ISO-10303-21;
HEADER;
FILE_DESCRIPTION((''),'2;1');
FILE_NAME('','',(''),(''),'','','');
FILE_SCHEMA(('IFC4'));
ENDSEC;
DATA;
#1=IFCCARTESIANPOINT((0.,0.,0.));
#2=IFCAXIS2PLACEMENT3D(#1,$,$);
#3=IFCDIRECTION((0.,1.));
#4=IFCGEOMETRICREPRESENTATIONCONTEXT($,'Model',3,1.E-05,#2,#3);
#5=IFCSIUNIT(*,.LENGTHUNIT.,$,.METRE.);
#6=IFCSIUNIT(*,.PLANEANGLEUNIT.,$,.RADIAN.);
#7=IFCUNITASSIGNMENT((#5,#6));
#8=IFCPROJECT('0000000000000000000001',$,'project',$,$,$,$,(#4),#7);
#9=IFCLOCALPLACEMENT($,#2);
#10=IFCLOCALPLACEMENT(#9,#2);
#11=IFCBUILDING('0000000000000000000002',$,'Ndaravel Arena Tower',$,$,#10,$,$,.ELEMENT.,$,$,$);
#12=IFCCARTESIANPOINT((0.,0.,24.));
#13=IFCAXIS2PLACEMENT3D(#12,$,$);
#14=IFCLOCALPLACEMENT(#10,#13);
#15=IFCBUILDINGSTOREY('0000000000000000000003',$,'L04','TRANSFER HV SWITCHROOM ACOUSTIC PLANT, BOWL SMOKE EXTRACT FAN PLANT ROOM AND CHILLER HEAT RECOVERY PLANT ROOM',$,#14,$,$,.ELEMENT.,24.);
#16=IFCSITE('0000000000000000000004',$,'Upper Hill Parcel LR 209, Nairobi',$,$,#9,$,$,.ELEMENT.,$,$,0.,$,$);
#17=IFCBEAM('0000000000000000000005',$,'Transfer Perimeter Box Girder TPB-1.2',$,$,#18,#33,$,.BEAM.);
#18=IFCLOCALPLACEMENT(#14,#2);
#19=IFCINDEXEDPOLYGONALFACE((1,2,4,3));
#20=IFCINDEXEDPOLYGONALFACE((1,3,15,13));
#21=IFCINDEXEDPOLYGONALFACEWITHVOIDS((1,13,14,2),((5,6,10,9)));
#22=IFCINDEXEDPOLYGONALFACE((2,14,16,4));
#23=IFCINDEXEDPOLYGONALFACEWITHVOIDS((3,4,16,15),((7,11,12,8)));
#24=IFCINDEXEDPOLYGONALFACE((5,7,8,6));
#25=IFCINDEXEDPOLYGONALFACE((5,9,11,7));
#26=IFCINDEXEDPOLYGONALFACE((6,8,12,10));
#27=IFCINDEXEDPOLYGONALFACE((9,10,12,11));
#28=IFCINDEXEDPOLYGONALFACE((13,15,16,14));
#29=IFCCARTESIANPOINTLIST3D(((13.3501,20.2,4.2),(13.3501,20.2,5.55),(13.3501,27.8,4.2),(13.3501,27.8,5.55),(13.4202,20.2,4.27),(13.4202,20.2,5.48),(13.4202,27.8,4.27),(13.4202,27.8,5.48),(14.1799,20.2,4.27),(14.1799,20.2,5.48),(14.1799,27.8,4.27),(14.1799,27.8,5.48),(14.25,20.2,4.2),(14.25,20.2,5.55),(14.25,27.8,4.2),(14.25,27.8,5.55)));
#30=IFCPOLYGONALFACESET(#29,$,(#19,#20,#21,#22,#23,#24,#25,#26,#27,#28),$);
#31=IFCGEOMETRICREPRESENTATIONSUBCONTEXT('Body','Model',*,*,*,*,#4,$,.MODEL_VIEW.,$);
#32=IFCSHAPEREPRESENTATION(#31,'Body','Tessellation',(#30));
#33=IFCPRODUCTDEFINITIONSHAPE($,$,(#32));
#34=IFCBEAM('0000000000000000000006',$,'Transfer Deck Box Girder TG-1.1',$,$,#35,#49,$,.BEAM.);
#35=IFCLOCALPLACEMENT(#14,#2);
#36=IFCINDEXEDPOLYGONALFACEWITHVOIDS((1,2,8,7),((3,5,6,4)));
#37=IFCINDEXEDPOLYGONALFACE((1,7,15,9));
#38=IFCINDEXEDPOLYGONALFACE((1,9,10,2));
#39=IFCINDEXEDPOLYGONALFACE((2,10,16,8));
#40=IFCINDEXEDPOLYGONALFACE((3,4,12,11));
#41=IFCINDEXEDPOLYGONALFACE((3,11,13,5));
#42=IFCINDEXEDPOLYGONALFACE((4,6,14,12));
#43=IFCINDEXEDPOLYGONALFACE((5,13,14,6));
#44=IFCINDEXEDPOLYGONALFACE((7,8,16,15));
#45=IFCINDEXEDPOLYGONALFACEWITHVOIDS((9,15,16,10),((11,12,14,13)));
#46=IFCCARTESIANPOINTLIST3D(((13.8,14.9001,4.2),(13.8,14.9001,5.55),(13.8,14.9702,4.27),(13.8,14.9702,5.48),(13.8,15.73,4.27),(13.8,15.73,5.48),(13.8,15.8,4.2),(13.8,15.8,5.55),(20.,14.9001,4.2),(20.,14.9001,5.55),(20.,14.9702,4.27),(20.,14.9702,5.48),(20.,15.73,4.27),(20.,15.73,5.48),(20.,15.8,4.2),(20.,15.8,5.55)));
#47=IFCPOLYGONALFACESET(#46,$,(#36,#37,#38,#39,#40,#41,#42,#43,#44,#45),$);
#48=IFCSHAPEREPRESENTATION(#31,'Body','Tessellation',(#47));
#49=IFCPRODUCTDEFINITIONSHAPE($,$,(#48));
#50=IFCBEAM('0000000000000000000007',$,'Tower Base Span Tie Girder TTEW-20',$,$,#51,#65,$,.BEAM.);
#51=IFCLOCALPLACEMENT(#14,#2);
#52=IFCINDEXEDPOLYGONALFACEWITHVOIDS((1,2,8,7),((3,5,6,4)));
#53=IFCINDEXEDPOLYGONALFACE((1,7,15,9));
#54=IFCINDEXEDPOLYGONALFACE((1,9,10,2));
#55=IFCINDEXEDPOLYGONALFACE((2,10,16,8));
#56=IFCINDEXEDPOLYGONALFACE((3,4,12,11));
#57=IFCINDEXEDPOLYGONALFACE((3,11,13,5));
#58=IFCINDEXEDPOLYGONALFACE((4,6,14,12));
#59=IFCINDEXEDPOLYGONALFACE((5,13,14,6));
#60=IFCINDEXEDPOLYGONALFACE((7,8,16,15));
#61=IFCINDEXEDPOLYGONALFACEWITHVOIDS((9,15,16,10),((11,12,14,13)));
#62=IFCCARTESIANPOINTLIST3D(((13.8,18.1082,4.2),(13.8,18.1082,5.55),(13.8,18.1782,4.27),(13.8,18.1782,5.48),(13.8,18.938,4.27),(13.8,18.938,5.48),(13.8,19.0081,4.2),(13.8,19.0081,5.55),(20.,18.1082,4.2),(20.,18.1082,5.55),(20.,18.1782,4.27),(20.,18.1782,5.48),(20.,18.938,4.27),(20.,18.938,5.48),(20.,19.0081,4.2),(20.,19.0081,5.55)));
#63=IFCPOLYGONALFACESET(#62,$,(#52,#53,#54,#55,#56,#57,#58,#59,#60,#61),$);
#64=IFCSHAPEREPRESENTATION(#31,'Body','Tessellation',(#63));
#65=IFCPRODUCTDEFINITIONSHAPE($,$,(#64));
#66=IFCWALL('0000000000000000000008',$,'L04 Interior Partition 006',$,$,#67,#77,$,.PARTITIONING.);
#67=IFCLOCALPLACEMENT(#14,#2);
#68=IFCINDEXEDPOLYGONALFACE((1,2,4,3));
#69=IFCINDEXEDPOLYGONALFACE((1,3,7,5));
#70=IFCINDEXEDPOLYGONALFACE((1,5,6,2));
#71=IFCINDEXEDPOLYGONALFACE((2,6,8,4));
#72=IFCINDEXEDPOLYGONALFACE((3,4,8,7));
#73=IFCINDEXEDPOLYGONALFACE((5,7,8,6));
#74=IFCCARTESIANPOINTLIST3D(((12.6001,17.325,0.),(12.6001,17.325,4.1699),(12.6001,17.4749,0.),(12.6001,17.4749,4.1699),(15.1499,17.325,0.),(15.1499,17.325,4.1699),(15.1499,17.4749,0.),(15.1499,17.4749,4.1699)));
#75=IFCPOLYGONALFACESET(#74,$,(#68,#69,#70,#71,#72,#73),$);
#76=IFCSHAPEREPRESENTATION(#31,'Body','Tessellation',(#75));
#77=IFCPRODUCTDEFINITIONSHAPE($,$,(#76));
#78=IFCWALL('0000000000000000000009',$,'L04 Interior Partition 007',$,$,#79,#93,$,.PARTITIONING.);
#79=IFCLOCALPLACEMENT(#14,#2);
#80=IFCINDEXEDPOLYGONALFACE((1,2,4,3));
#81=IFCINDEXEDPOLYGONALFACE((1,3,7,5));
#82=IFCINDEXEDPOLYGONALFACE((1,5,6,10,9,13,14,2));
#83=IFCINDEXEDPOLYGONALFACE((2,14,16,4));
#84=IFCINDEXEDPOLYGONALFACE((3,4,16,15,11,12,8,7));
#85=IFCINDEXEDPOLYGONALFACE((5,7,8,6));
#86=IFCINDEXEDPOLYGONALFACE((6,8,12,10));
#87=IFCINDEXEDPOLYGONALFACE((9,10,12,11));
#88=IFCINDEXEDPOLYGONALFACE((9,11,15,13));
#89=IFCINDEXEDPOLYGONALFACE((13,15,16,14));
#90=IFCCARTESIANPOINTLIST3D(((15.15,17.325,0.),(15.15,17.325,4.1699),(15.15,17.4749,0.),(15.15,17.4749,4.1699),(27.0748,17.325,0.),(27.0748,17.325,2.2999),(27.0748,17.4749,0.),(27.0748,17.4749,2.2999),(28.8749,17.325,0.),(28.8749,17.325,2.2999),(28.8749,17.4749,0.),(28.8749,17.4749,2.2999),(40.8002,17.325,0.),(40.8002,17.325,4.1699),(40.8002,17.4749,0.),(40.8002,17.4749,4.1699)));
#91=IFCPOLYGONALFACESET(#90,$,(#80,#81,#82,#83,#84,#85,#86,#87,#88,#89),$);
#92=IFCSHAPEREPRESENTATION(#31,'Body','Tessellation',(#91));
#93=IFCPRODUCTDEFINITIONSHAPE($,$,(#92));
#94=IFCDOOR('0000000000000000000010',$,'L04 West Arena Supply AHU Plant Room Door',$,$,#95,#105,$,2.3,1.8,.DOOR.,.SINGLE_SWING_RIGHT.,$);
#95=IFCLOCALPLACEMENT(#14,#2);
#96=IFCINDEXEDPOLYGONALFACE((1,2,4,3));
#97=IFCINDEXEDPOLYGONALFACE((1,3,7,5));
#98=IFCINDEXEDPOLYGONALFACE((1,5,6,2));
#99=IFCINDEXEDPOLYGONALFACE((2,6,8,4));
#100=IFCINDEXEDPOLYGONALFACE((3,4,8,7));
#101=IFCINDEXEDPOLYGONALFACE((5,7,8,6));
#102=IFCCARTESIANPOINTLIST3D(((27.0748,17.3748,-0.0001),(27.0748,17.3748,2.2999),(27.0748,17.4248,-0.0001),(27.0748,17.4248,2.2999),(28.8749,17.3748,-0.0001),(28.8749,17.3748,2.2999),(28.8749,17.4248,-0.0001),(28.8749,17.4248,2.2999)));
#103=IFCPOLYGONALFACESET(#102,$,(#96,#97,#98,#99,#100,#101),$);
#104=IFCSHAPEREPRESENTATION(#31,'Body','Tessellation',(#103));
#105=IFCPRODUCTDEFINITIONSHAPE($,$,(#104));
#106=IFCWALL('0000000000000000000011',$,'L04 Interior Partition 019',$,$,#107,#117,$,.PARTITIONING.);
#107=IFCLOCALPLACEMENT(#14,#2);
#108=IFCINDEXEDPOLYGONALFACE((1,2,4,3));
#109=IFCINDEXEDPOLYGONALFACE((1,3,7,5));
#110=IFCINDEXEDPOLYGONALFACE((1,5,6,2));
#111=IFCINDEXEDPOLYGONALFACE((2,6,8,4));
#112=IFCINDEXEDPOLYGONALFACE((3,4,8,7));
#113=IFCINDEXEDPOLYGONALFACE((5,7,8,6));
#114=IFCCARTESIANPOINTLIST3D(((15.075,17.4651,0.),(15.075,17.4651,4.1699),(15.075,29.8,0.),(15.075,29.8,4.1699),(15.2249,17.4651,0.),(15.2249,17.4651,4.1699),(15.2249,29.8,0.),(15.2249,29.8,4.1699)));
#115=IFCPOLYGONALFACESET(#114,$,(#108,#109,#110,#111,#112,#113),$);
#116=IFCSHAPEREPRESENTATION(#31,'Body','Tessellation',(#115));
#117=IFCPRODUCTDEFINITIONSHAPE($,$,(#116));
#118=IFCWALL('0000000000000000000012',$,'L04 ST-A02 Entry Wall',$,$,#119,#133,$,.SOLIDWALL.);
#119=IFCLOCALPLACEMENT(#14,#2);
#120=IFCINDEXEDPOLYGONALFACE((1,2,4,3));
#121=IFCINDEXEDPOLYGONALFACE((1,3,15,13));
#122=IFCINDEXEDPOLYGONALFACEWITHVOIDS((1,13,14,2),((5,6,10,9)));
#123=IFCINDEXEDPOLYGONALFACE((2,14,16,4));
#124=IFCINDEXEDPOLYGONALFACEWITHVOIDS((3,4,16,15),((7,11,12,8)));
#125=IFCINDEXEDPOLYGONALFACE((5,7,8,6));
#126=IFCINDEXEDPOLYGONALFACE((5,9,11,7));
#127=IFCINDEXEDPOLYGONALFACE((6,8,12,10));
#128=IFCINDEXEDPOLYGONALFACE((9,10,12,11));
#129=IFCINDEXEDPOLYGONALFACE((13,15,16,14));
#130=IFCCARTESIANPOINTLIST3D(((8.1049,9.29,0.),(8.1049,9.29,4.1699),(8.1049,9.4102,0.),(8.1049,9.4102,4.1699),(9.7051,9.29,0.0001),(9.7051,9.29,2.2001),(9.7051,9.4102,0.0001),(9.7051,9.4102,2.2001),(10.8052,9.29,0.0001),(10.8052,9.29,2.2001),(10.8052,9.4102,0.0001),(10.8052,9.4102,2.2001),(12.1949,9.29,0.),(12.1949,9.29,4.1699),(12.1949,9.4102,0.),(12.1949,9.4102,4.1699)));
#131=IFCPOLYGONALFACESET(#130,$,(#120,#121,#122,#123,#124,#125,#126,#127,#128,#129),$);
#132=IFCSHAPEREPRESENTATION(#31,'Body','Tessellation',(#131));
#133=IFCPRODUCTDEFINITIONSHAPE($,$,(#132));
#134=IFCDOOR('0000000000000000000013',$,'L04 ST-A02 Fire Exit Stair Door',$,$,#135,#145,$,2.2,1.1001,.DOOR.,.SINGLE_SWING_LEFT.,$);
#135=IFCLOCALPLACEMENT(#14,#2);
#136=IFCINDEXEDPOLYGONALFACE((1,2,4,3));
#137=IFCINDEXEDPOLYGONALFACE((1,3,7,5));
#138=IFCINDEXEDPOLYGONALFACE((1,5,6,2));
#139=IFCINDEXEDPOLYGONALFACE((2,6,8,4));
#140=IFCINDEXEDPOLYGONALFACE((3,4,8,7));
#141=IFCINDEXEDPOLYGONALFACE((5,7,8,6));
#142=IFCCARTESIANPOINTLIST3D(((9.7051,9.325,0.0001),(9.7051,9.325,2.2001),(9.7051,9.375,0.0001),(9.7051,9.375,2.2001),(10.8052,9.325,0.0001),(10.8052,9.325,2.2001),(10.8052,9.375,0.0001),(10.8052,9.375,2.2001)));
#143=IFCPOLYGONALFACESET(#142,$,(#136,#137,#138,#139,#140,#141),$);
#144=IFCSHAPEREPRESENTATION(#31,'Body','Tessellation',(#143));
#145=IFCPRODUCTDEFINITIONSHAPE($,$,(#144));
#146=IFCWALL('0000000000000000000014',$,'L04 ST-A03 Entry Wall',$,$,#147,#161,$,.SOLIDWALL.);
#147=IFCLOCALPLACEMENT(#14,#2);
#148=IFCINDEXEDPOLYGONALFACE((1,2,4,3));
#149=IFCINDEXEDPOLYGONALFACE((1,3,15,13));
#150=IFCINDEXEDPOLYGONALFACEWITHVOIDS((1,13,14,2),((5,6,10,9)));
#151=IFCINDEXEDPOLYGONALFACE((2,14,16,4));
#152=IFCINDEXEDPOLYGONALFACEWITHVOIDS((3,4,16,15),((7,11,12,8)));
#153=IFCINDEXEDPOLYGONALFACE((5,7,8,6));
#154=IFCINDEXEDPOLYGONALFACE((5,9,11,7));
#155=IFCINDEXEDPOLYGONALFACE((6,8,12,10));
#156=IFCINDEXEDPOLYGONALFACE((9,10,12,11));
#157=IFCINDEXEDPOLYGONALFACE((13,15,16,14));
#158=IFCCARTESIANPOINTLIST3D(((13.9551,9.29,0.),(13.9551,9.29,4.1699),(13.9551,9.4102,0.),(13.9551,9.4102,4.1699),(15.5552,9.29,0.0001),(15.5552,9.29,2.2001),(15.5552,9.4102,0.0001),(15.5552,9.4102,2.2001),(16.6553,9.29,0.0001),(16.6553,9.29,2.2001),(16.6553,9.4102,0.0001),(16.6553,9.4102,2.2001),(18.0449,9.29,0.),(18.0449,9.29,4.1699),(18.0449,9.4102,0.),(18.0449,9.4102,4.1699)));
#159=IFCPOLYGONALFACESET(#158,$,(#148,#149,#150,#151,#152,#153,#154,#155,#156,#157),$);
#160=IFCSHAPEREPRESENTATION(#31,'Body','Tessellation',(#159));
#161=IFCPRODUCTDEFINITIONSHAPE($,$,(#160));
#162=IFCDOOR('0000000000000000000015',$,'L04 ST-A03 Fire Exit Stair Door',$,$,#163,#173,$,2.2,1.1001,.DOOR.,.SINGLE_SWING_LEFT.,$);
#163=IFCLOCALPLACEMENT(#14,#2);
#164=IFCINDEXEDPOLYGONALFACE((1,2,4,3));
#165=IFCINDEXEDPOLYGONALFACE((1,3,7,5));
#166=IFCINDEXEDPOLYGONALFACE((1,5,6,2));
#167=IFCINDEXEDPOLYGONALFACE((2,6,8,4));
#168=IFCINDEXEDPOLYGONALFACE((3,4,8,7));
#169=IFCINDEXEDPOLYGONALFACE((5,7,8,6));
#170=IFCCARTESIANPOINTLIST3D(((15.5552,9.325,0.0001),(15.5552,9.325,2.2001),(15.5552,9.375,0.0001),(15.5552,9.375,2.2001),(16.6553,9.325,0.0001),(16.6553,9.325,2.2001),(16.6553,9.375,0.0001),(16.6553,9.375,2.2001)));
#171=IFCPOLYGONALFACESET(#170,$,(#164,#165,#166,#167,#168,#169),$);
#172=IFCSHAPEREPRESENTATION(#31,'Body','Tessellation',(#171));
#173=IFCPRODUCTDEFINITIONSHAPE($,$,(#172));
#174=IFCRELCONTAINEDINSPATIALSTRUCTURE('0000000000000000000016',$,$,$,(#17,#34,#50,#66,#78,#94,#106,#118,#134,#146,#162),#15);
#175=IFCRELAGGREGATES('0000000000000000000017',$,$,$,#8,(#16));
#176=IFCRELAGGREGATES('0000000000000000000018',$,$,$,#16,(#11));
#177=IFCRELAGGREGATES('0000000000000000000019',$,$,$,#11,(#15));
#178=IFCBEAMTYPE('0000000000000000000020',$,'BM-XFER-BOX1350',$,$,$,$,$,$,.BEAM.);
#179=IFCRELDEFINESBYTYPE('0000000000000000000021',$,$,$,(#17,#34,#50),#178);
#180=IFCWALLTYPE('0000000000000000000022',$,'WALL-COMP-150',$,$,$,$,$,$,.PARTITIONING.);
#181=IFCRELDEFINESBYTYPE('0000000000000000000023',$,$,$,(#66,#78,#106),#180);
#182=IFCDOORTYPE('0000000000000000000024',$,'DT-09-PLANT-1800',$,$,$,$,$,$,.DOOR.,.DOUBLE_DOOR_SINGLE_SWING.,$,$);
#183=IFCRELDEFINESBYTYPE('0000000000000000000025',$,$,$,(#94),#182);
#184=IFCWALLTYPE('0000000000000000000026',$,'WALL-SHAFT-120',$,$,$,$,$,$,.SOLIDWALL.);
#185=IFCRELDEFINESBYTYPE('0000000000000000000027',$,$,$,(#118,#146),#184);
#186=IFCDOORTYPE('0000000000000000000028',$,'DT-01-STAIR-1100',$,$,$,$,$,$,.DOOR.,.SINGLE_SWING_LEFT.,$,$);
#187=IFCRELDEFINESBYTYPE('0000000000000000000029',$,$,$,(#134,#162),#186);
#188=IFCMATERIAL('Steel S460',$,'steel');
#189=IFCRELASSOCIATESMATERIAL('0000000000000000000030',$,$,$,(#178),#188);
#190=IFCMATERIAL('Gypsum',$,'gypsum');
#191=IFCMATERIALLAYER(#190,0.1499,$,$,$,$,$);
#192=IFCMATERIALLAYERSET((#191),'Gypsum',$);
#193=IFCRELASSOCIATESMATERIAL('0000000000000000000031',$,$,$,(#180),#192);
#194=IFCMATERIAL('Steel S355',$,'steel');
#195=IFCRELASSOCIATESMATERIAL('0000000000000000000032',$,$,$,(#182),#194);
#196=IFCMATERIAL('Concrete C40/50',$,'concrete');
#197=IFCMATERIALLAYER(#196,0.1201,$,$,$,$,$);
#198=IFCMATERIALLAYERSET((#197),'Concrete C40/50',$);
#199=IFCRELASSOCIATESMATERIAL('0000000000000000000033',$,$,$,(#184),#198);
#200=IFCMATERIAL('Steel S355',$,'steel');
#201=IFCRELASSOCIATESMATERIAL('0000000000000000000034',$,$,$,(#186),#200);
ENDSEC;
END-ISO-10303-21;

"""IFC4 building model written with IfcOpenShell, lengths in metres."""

from ifc_helpers import new_model, si_unit, direction, frame, frame_2d, origin, origin_2d, place, context, subcontext, project, spatial, rectangle, hollow_rectangle, extrude, material, layer, layer_set, material_profile, profile_set, type_object, element, fill, save


model = new_model("IFC4")

# Units and contexts
model_context = context("Model", 3, precision=1e-05, world=origin(), true_north=direction((0.0, 1.0)))
body_context = subcontext(model_context, "Body", "Model", "MODEL_VIEW")
ifc_project = project(units=[si_unit("LENGTHUNIT", "METRE"), si_unit("PLANEANGLEUNIT", "RADIAN")], contexts=[model_context])

# Site, building, storey
site_placement = place(None, origin())
site = spatial("IfcSite", under=ifc_project, at=site_placement, Name="Upper Hill Parcel LR 209, Nairobi", CompositionType="ELEMENT", RefElevation=0.0)
building_placement = place(site_placement, origin())
building = spatial("IfcBuilding", under=site, at=building_placement, Name="Ndaravel Arena Tower", CompositionType="ELEMENT")
storey_placement = place(building_placement, frame((0.0, 0.0, 24.0)))
storey = spatial("IfcBuildingStorey", under=building, at=storey_placement, Name="L04", Description="TRANSFER HV SWITCHROOM ACOUSTIC PLANT, BOWL SMOKE EXTRACT FAN PLANT ROOM AND CHILLER HEAT RECOVERY PLANT ROOM", CompositionType="ELEMENT", Elevation=24.0)

# Beams
ifc_material_1 = material(Name="Steel S460", Category="steel")
ifc_material_profile_1 = material_profile(ifc_material_1, hollow_rectangle(XDim=0.8999, YDim=1.3501, WallThickness=0.0701, at=origin_2d()), Name="BOX 1350x900x70")
ifc_profile_set_1 = profile_set([ifc_material_profile_1], Name="Steel S460")
beam_type_1 = type_object("IfcBeamType", Name="BM-XFER-BOX1350", PredefinedType="BEAM", material=ifc_profile_set_1)
beam_1_placement = place(storey_placement, frame((13.8, 20.2, 4.875), z_axis=(0.0, 1.0, 0.0), x_axis=(-1.0, 0.0, 0.0)))
element("IfcBeam", 1, at=beam_1_placement, inside=storey, type_object=beam_type_1, Name="Transfer Perimeter Box Girder TPB-1.2", PredefinedType="BEAM", context=body_context, shape_type="SweptSolid", body=[
    extrude(hollow_rectangle(XDim=0.8999, YDim=1.3501, WallThickness=0.0701, at=origin_2d()), origin(), (0.0, 0.0, 1.0), 7.6001),
])
for number, where, z_axis, x_axis, name in (
    (2, (13.8, 15.3501, 4.875), (1.0, 0.0, 0.0), (0.0, 1.0, 0.0), "Transfer Deck Box Girder TG-1.1"),
    (3, (13.8, 18.5581, 4.875), (1.0, 0.0, 0.0), (0.0, 1.0, 0.0), "Tower Base Span Tie Girder TTEW-20"),
):
    element("IfcBeam", number, at=place(storey_placement, frame(where, z_axis=z_axis, x_axis=x_axis)), inside=storey, type_object=beam_type_1, Name=name, PredefinedType="BEAM", context=body_context, shape_type="SweptSolid", body=[
        extrude(hollow_rectangle(XDim=0.8999, YDim=1.3501, WallThickness=0.0701, at=origin_2d()), origin(), (0.0, 0.0, 1.0), 6.2),
    ])

# Wall
ifc_material_2 = material(Name="Gypsum", Category="gypsum")
ifc_layer_1 = layer(ifc_material_2, 0.1499)
ifc_layer_set_1 = layer_set([ifc_layer_1], Name="Gypsum")
wall_type_1 = type_object("IfcWallType", Name="WALL-COMP-150", PredefinedType="PARTITIONING", material=ifc_layer_set_1)
wall_1_placement = place(storey_placement, frame((12.6001, 17.3999, 0.0), z_axis=(0.0, 0.0, 1.0), x_axis=(1.0, 0.0, 0.0)))
element("IfcWall", 4, at=wall_1_placement, inside=storey, type_object=wall_type_1, Name="L04 Interior Partition 006", PredefinedType="PARTITIONING", context=body_context, shape_type="SweptSolid", body=[
    extrude(rectangle(XDim=2.5498, YDim=0.1499, at=frame_2d((1.2749, 0.0))), origin(), (0.0, 0.0, 1.0), 4.1699),
])

# Wall, opening, door
wall_2_placement = place(storey_placement, frame((15.1499, 17.3999, 0.0), z_axis=(0.0, 0.0, 1.0), x_axis=(1.0, 0.0, 0.0)))
wall_2 = element("IfcWall", 5, at=wall_2_placement, inside=storey, type_object=wall_type_1, Name="L04 Interior Partition 007", PredefinedType="PARTITIONING", context=body_context, shape_type="SweptSolid", body=[
    extrude(rectangle(XDim=25.6501, YDim=0.1499, at=frame_2d((12.8252, 0.0))), origin(), (0.0, 0.0, 1.0), 4.1699),
])
opening_1_placement = place(wall_2_placement, frame((11.925, 0.0, 0.0)))
opening_1 = element("IfcOpeningElement", 6, at=opening_1_placement, cuts=wall_2, PredefinedType="OPENING", context=body_context, shape_type="SweptSolid", body=[
    extrude(rectangle(XDim=1.8, YDim=2.3, at=frame_2d((0.8999, 1.1499))), frame((0.0, 0.075, 0.0), z_axis=(0.0, -1.0, 0.0), x_axis=(1.0, 0.0, 0.0)), (0.0, 0.0, 1.0), 0.1499),
])
ifc_material_3 = material(Name="Steel S355", Category="steel")
door_type_1 = type_object("IfcDoorType", Name="DT-09-PLANT-1800", OperationType="DOUBLE_DOOR_SINGLE_SWING", PredefinedType="DOOR", material=ifc_material_3)
door_1_placement = place(opening_1_placement, origin())
door_1 = element("IfcDoor", 7, at=door_1_placement, inside=storey, type_object=door_type_1, Name="L04 West Arena Supply AHU Plant Room Door", OperationType="SINGLE_SWING_RIGHT", OverallHeight=2.3, OverallWidth=1.8, PredefinedType="DOOR", context=body_context, shape_type="SweptSolid", body=[
    extrude(rectangle(XDim=1.8, YDim=2.3, at=frame_2d((0.8999, 1.1499))), frame((0.0, 0.0249, 0.0), z_axis=(0.0, -1.0, 0.0), x_axis=(1.0, 0.0, 0.0)), (0.0, 0.0, 1.0), 0.05),
])
fill(opening_1, door_1)

# Wall
wall_3_placement = place(storey_placement, frame((15.1499, 17.4651, 0.0), z_axis=(0.0, 0.0, 1.0), x_axis=(0.0, 1.0, 0.0)))
element("IfcWall", 8, at=wall_3_placement, inside=storey, type_object=wall_type_1, Name="L04 Interior Partition 019", PredefinedType="PARTITIONING", context=body_context, shape_type="SweptSolid", body=[
    extrude(rectangle(XDim=12.335, YDim=0.1499, at=frame_2d((6.1675, 0.0))), origin(), (0.0, 0.0, 1.0), 4.1699),
])

# Walls, openings, doors
ifc_material_4 = material(Name="Concrete C40/50", Category="concrete")
ifc_layer_2 = layer(ifc_material_4, 0.1201)
ifc_layer_set_2 = layer_set([ifc_layer_2], Name="Concrete C40/50")
wall_type_2 = type_object("IfcWallType", Name="WALL-SHAFT-120", PredefinedType="SOLIDWALL", material=ifc_layer_set_2)
wall_4_placement = place(storey_placement, frame((8.105, 9.3501, 0.0), z_axis=(0.0, 0.0, 1.0), x_axis=(1.0, 0.0, 0.0)))
wall_4 = element("IfcWall", 9, at=wall_4_placement, inside=storey, type_object=wall_type_2, Name="L04 ST-A02 Entry Wall", PredefinedType="SOLIDWALL", context=body_context, shape_type="SweptSolid", body=[
    extrude(rectangle(XDim=4.0901, YDim=0.1201, at=frame_2d((2.0449, 0.0))), origin(), (0.0, 0.0, 1.0), 4.1699),
])
opening_2_placement = place(wall_4_placement, frame((1.6001, 0.0, 0.0)))
opening_2 = element("IfcOpeningElement", 10, at=opening_2_placement, cuts=wall_4, PredefinedType="OPENING", context=body_context, shape_type="SweptSolid", body=[
    extrude(rectangle(XDim=1.1001, YDim=2.2, at=frame_2d((0.55, 1.1001))), frame((0.0, 0.0601, 0.0), z_axis=(0.0, -1.0, 0.0), x_axis=(1.0, 0.0, 0.0)), (0.0, 0.0, 1.0), 0.1201),
])
ifc_material_5 = material(Name="Steel S355", Category="steel")
door_type_2 = type_object("IfcDoorType", Name="DT-01-STAIR-1100", OperationType="SINGLE_SWING_LEFT", PredefinedType="DOOR", material=ifc_material_5)
door_2_placement = place(opening_2_placement, origin())
door_2 = element("IfcDoor", 11, at=door_2_placement, inside=storey, type_object=door_type_2, Name="L04 ST-A02 Fire Exit Stair Door", OperationType="SINGLE_SWING_LEFT", OverallHeight=2.2, OverallWidth=1.1001, PredefinedType="DOOR", context=body_context, shape_type="SweptSolid", body=[
    extrude(rectangle(XDim=1.1001, YDim=2.2, at=frame_2d((0.55, 1.1001))), frame((0.0, 0.0249, 0.0), z_axis=(0.0, -1.0, 0.0), x_axis=(1.0, 0.0, 0.0)), (0.0, 0.0, 1.0), 0.05),
])
fill(opening_2, door_2)
wall_5_placement = place(storey_placement, frame((13.9551, 9.3501, 0.0), z_axis=(0.0, 0.0, 1.0), x_axis=(1.0, 0.0, 0.0)))
wall_5 = element("IfcWall", 12, at=wall_5_placement, inside=storey, type_object=wall_type_2, Name="L04 ST-A03 Entry Wall", PredefinedType="SOLIDWALL", context=body_context, shape_type="SweptSolid", body=[
    extrude(rectangle(XDim=4.0898, YDim=0.1201, at=frame_2d((2.0449, 0.0))), origin(), (0.0, 0.0, 1.0), 4.1699),
])
opening_3_placement = place(wall_5_placement, frame((1.6001, 0.0, 0.0)))
opening_3 = element("IfcOpeningElement", 13, at=opening_3_placement, cuts=wall_5, PredefinedType="OPENING", context=body_context, shape_type="SweptSolid", body=[
    extrude(rectangle(XDim=1.1001, YDim=2.2, at=frame_2d((0.55, 1.1001))), frame((0.0, 0.0601, 0.0), z_axis=(0.0, -1.0, 0.0), x_axis=(1.0, 0.0, 0.0)), (0.0, 0.0, 1.0), 0.1201),
])
door_3_placement = place(opening_3_placement, origin())
door_3 = element("IfcDoor", 14, at=door_3_placement, inside=storey, type_object=door_type_2, Name="L04 ST-A03 Fire Exit Stair Door", OperationType="SINGLE_SWING_LEFT", OverallHeight=2.2, OverallWidth=1.1001, PredefinedType="DOOR", context=body_context, shape_type="SweptSolid", body=[
    extrude(rectangle(XDim=1.1001, YDim=2.2, at=frame_2d((0.55, 1.1001))), frame((0.0, 0.0249, 0.0), z_axis=(0.0, -1.0, 0.0), x_axis=(1.0, 0.0, 0.0)), (0.0, 0.0, 1.0), 0.05),
])
fill(opening_3, door_3)

save(model, "model.ifc")
